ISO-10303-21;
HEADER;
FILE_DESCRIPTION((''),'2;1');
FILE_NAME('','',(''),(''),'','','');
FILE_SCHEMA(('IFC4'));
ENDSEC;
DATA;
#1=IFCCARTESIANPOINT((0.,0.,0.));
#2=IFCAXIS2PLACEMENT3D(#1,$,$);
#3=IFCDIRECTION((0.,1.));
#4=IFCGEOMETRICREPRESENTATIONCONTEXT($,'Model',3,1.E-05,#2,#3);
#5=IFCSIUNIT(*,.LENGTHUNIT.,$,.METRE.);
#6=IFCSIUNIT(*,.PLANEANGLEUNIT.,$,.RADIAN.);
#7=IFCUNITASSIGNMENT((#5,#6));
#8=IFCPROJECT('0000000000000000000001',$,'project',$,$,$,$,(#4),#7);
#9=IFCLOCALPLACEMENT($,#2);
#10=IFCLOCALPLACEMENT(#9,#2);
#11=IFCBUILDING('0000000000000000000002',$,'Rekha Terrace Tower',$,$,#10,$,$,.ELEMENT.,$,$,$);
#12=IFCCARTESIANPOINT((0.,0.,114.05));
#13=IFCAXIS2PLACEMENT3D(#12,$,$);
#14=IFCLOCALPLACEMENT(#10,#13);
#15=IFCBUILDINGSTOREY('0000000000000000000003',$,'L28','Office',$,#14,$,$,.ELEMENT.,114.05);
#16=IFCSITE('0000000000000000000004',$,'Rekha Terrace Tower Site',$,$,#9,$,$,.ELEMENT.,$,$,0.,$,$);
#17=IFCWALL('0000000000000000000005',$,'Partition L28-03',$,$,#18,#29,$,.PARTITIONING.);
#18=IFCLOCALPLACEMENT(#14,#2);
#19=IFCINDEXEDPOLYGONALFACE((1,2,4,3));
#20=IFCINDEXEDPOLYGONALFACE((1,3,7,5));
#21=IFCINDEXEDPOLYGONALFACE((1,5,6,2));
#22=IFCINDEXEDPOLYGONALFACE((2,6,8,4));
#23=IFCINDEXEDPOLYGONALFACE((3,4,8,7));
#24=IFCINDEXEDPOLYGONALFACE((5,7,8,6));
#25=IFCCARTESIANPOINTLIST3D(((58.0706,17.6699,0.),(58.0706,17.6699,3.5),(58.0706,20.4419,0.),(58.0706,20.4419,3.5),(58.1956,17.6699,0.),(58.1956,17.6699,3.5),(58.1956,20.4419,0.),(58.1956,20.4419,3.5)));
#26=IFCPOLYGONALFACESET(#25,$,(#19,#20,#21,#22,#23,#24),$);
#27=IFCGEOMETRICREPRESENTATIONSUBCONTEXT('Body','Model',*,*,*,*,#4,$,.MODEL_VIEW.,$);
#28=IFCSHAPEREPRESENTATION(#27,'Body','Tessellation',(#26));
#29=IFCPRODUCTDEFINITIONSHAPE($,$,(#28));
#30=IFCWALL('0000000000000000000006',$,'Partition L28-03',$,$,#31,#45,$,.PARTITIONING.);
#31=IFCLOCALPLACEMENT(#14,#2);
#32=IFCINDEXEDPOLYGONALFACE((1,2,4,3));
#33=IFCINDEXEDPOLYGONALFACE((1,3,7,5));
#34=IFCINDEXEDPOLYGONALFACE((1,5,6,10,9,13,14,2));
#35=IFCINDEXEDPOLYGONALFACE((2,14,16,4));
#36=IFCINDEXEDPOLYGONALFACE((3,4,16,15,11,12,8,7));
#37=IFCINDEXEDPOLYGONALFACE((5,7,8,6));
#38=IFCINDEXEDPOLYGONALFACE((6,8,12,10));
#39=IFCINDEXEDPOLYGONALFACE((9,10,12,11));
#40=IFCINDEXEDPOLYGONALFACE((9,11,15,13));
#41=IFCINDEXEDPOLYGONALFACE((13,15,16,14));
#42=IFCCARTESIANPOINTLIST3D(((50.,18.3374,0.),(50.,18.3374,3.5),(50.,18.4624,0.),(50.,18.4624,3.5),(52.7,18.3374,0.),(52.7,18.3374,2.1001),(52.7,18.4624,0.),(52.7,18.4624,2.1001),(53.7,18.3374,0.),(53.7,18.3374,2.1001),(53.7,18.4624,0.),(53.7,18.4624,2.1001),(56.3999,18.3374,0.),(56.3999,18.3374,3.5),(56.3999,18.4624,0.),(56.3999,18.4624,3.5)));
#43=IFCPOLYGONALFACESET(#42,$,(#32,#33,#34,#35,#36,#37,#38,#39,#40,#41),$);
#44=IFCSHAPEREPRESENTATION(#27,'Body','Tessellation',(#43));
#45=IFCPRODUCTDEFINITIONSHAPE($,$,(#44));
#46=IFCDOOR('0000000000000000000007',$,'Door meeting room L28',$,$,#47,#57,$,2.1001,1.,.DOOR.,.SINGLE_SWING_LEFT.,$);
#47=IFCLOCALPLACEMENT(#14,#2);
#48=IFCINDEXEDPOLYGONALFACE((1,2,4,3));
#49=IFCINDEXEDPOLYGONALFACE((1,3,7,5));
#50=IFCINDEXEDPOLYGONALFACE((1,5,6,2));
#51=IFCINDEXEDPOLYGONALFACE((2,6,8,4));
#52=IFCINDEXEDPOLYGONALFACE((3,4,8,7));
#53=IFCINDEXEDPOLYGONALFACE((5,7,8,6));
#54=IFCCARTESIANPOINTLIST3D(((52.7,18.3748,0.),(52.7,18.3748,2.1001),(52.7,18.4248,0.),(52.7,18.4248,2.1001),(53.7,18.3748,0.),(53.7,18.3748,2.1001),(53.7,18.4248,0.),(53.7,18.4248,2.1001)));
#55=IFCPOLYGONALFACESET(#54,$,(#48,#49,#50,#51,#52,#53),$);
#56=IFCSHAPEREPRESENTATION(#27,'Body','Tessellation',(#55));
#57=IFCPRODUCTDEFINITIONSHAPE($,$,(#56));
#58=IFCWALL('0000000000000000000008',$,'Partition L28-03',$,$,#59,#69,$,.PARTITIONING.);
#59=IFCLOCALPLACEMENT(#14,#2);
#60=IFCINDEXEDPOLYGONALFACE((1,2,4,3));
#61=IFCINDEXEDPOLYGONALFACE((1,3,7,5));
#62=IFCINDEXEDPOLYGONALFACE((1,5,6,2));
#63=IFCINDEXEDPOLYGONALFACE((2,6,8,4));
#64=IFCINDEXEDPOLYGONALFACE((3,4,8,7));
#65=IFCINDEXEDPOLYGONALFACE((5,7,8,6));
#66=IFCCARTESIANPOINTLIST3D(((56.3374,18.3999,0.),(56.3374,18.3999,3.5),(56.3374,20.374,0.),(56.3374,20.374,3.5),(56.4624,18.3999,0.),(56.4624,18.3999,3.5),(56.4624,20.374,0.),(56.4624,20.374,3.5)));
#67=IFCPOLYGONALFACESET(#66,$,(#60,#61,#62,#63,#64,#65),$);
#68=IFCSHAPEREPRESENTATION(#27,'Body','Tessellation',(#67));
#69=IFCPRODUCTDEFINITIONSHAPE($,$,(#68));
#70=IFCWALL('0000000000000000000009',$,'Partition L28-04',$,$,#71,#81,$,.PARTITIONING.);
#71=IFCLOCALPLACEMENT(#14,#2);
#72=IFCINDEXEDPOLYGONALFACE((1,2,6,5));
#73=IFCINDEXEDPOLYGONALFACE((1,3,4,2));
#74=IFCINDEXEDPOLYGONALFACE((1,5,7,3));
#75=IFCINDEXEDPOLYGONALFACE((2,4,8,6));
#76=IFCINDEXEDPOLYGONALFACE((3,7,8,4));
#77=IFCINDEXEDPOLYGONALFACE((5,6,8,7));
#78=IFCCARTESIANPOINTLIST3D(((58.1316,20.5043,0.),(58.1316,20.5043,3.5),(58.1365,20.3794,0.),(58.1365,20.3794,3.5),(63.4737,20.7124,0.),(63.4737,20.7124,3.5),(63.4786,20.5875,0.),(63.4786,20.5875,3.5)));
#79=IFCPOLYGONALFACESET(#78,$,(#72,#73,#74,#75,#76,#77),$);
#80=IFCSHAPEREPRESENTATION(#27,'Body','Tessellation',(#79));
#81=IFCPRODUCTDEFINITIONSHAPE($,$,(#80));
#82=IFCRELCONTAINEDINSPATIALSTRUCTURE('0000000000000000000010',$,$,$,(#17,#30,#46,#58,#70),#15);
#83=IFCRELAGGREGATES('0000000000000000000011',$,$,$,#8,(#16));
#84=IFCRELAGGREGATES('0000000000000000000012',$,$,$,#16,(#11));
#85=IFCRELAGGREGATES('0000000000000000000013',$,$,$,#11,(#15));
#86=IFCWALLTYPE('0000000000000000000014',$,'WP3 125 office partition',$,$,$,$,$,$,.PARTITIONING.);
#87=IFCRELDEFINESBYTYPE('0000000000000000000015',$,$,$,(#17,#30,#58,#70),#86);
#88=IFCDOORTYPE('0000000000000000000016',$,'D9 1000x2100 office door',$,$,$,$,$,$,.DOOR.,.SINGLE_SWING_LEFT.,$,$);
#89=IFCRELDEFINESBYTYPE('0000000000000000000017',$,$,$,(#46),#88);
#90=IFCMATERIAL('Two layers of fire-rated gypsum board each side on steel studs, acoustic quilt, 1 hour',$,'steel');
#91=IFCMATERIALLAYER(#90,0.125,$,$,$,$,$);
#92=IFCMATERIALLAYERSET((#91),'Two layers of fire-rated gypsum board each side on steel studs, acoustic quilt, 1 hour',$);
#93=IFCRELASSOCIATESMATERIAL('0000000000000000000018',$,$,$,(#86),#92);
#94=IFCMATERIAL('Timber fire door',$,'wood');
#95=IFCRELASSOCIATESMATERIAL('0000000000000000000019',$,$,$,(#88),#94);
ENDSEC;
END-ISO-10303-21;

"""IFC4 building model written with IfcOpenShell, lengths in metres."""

from ifc_helpers import new_model, si_unit, direction, frame, frame_2d, origin, place, context, subcontext, project, spatial, rectangle, extrude, material, layer, layer_set, type_object, element, fill, save


model = new_model("IFC4")

# Units and contexts
model_context = context("Model", 3, precision=1e-05, world=origin(), true_north=direction((0.0, 1.0)))
body_context = subcontext(model_context, "Body", "Model", "MODEL_VIEW")
ifc_project = project(units=[si_unit("LENGTHUNIT", "METRE"), si_unit("PLANEANGLEUNIT", "RADIAN")], contexts=[model_context])

# Site, building, storey
site_placement = place(None, origin())
site = spatial("IfcSite", under=ifc_project, at=site_placement, Name="Rekha Terrace Tower Site", CompositionType="ELEMENT", RefElevation=0.0)
building_placement = place(site_placement, origin())
building = spatial("IfcBuilding", under=site, at=building_placement, Name="Rekha Terrace Tower", CompositionType="ELEMENT")
storey_placement = place(building_placement, frame((0.0, 0.0, 114.05)))
storey = spatial("IfcBuildingStorey", under=building, at=storey_placement, Name="L28", Description="Office", CompositionType="ELEMENT", Elevation=114.05)

# Wall
ifc_material_1 = material(Name="Two layers of fire-rated gypsum board each side on steel studs, acoustic quilt, 1 hour", Category="steel")
ifc_layer_1 = layer(ifc_material_1, 0.125)
ifc_layer_set_1 = layer_set([ifc_layer_1], Name="Two layers of fire-rated gypsum board each side on steel studs, acoustic quilt, 1 hour")
wall_type_1 = type_object("IfcWallType", Name="WP3 125 office partition", PredefinedType="PARTITIONING", material=ifc_layer_set_1)
wall_1_placement = place(storey_placement, frame((58.1331, 20.4419, 0.0), z_axis=(0.0, 0.0, 1.0), x_axis=(0.0, -1.0, 0.0)))
element("IfcWall", 1, at=wall_1_placement, inside=storey, type_object=wall_type_1, Name="Partition L28-03", PredefinedType="PARTITIONING", context=body_context, shape_type="SweptSolid", body=[
    extrude(rectangle(XDim=2.772, YDim=0.125, at=frame_2d((1.386, 0.0))), origin(), (0.0, 0.0, 1.0), 3.5),
])

# Wall, opening, door
wall_2_placement = place(storey_placement, frame((50.0, 18.3999, 0.0), z_axis=(0.0, 0.0, 1.0), x_axis=(1.0, 0.0, 0.0)))
wall_2 = element("IfcWall", 2, at=wall_2_placement, inside=storey, type_object=wall_type_1, Name="Partition L28-03", PredefinedType="PARTITIONING", context=body_context, shape_type="SweptSolid", body=[
    extrude(rectangle(XDim=6.3999, YDim=0.125, at=frame_2d((3.2, 0.0))), origin(), (0.0, 0.0, 1.0), 3.5),
])
opening_placement = place(wall_2_placement, frame((2.7, 0.0, 0.0)))
opening = element("IfcOpeningElement", 3, at=opening_placement, cuts=wall_2, PredefinedType="OPENING", context=body_context, shape_type="SweptSolid", body=[
    extrude(rectangle(XDim=1.0, YDim=2.1001, at=frame_2d((0.5, 1.05))), frame((0.0, 0.0725, 0.0), z_axis=(0.0, -1.0, 0.0), x_axis=(1.0, 0.0, 0.0)), (0.0, 0.0, 1.0), 0.145),
])
ifc_material_2 = material(Name="Timber fire door", Category="wood")
door_type = type_object("IfcDoorType", Name="D9 1000x2100 office door", OperationType="SINGLE_SWING_LEFT", PredefinedType="DOOR", material=ifc_material_2)
door_placement = place(opening_placement, origin())
door = element("IfcDoor", 4, at=door_placement, inside=storey, type_object=door_type, Name="Door meeting room L28", OperationType="SINGLE_SWING_LEFT", OverallHeight=2.1001, OverallWidth=1.0, PredefinedType="DOOR", context=body_context, shape_type="SweptSolid", body=[
    extrude(rectangle(XDim=1.0, YDim=2.1001, at=frame_2d((0.5, 1.05))), frame((0.0, 0.0249, 0.0), z_axis=(0.0, -1.0, 0.0), x_axis=(1.0, 0.0, 0.0)), (0.0, 0.0, 1.0), 0.05),
])
fill(opening, door)

# Walls
wall_3_placement = place(storey_placement, frame((56.3999, 18.3999, 0.0), z_axis=(0.0, 0.0, 1.0), x_axis=(0.0, 1.0, 0.0)))
element("IfcWall", 5, at=wall_3_placement, inside=storey, type_object=wall_type_1, Name="Partition L28-03", PredefinedType="PARTITIONING", context=body_context, shape_type="SweptSolid", body=[
    extrude(rectangle(XDim=1.9741, YDim=0.125, at=frame_2d((0.9871, 0.0))), origin(), (0.0, 0.0, 1.0), 3.5),
])
wall_4_placement = place(storey_placement, frame((58.134, 20.4419, 0.0), z_axis=(0.0, 0.0, 1.0), x_axis=(0.999243, 0.038908, 0.0)))
element("IfcWall", 6, at=wall_4_placement, inside=storey, type_object=wall_type_1, Name="Partition L28-04", PredefinedType="PARTITIONING", context=body_context, shape_type="SweptSolid", body=[
    extrude(rectangle(XDim=5.3462, YDim=0.125, at=frame_2d((2.6731, 0.0))), origin(), (0.0, 0.0, 1.0), 3.5),
])

save(model, "model.ifc")
